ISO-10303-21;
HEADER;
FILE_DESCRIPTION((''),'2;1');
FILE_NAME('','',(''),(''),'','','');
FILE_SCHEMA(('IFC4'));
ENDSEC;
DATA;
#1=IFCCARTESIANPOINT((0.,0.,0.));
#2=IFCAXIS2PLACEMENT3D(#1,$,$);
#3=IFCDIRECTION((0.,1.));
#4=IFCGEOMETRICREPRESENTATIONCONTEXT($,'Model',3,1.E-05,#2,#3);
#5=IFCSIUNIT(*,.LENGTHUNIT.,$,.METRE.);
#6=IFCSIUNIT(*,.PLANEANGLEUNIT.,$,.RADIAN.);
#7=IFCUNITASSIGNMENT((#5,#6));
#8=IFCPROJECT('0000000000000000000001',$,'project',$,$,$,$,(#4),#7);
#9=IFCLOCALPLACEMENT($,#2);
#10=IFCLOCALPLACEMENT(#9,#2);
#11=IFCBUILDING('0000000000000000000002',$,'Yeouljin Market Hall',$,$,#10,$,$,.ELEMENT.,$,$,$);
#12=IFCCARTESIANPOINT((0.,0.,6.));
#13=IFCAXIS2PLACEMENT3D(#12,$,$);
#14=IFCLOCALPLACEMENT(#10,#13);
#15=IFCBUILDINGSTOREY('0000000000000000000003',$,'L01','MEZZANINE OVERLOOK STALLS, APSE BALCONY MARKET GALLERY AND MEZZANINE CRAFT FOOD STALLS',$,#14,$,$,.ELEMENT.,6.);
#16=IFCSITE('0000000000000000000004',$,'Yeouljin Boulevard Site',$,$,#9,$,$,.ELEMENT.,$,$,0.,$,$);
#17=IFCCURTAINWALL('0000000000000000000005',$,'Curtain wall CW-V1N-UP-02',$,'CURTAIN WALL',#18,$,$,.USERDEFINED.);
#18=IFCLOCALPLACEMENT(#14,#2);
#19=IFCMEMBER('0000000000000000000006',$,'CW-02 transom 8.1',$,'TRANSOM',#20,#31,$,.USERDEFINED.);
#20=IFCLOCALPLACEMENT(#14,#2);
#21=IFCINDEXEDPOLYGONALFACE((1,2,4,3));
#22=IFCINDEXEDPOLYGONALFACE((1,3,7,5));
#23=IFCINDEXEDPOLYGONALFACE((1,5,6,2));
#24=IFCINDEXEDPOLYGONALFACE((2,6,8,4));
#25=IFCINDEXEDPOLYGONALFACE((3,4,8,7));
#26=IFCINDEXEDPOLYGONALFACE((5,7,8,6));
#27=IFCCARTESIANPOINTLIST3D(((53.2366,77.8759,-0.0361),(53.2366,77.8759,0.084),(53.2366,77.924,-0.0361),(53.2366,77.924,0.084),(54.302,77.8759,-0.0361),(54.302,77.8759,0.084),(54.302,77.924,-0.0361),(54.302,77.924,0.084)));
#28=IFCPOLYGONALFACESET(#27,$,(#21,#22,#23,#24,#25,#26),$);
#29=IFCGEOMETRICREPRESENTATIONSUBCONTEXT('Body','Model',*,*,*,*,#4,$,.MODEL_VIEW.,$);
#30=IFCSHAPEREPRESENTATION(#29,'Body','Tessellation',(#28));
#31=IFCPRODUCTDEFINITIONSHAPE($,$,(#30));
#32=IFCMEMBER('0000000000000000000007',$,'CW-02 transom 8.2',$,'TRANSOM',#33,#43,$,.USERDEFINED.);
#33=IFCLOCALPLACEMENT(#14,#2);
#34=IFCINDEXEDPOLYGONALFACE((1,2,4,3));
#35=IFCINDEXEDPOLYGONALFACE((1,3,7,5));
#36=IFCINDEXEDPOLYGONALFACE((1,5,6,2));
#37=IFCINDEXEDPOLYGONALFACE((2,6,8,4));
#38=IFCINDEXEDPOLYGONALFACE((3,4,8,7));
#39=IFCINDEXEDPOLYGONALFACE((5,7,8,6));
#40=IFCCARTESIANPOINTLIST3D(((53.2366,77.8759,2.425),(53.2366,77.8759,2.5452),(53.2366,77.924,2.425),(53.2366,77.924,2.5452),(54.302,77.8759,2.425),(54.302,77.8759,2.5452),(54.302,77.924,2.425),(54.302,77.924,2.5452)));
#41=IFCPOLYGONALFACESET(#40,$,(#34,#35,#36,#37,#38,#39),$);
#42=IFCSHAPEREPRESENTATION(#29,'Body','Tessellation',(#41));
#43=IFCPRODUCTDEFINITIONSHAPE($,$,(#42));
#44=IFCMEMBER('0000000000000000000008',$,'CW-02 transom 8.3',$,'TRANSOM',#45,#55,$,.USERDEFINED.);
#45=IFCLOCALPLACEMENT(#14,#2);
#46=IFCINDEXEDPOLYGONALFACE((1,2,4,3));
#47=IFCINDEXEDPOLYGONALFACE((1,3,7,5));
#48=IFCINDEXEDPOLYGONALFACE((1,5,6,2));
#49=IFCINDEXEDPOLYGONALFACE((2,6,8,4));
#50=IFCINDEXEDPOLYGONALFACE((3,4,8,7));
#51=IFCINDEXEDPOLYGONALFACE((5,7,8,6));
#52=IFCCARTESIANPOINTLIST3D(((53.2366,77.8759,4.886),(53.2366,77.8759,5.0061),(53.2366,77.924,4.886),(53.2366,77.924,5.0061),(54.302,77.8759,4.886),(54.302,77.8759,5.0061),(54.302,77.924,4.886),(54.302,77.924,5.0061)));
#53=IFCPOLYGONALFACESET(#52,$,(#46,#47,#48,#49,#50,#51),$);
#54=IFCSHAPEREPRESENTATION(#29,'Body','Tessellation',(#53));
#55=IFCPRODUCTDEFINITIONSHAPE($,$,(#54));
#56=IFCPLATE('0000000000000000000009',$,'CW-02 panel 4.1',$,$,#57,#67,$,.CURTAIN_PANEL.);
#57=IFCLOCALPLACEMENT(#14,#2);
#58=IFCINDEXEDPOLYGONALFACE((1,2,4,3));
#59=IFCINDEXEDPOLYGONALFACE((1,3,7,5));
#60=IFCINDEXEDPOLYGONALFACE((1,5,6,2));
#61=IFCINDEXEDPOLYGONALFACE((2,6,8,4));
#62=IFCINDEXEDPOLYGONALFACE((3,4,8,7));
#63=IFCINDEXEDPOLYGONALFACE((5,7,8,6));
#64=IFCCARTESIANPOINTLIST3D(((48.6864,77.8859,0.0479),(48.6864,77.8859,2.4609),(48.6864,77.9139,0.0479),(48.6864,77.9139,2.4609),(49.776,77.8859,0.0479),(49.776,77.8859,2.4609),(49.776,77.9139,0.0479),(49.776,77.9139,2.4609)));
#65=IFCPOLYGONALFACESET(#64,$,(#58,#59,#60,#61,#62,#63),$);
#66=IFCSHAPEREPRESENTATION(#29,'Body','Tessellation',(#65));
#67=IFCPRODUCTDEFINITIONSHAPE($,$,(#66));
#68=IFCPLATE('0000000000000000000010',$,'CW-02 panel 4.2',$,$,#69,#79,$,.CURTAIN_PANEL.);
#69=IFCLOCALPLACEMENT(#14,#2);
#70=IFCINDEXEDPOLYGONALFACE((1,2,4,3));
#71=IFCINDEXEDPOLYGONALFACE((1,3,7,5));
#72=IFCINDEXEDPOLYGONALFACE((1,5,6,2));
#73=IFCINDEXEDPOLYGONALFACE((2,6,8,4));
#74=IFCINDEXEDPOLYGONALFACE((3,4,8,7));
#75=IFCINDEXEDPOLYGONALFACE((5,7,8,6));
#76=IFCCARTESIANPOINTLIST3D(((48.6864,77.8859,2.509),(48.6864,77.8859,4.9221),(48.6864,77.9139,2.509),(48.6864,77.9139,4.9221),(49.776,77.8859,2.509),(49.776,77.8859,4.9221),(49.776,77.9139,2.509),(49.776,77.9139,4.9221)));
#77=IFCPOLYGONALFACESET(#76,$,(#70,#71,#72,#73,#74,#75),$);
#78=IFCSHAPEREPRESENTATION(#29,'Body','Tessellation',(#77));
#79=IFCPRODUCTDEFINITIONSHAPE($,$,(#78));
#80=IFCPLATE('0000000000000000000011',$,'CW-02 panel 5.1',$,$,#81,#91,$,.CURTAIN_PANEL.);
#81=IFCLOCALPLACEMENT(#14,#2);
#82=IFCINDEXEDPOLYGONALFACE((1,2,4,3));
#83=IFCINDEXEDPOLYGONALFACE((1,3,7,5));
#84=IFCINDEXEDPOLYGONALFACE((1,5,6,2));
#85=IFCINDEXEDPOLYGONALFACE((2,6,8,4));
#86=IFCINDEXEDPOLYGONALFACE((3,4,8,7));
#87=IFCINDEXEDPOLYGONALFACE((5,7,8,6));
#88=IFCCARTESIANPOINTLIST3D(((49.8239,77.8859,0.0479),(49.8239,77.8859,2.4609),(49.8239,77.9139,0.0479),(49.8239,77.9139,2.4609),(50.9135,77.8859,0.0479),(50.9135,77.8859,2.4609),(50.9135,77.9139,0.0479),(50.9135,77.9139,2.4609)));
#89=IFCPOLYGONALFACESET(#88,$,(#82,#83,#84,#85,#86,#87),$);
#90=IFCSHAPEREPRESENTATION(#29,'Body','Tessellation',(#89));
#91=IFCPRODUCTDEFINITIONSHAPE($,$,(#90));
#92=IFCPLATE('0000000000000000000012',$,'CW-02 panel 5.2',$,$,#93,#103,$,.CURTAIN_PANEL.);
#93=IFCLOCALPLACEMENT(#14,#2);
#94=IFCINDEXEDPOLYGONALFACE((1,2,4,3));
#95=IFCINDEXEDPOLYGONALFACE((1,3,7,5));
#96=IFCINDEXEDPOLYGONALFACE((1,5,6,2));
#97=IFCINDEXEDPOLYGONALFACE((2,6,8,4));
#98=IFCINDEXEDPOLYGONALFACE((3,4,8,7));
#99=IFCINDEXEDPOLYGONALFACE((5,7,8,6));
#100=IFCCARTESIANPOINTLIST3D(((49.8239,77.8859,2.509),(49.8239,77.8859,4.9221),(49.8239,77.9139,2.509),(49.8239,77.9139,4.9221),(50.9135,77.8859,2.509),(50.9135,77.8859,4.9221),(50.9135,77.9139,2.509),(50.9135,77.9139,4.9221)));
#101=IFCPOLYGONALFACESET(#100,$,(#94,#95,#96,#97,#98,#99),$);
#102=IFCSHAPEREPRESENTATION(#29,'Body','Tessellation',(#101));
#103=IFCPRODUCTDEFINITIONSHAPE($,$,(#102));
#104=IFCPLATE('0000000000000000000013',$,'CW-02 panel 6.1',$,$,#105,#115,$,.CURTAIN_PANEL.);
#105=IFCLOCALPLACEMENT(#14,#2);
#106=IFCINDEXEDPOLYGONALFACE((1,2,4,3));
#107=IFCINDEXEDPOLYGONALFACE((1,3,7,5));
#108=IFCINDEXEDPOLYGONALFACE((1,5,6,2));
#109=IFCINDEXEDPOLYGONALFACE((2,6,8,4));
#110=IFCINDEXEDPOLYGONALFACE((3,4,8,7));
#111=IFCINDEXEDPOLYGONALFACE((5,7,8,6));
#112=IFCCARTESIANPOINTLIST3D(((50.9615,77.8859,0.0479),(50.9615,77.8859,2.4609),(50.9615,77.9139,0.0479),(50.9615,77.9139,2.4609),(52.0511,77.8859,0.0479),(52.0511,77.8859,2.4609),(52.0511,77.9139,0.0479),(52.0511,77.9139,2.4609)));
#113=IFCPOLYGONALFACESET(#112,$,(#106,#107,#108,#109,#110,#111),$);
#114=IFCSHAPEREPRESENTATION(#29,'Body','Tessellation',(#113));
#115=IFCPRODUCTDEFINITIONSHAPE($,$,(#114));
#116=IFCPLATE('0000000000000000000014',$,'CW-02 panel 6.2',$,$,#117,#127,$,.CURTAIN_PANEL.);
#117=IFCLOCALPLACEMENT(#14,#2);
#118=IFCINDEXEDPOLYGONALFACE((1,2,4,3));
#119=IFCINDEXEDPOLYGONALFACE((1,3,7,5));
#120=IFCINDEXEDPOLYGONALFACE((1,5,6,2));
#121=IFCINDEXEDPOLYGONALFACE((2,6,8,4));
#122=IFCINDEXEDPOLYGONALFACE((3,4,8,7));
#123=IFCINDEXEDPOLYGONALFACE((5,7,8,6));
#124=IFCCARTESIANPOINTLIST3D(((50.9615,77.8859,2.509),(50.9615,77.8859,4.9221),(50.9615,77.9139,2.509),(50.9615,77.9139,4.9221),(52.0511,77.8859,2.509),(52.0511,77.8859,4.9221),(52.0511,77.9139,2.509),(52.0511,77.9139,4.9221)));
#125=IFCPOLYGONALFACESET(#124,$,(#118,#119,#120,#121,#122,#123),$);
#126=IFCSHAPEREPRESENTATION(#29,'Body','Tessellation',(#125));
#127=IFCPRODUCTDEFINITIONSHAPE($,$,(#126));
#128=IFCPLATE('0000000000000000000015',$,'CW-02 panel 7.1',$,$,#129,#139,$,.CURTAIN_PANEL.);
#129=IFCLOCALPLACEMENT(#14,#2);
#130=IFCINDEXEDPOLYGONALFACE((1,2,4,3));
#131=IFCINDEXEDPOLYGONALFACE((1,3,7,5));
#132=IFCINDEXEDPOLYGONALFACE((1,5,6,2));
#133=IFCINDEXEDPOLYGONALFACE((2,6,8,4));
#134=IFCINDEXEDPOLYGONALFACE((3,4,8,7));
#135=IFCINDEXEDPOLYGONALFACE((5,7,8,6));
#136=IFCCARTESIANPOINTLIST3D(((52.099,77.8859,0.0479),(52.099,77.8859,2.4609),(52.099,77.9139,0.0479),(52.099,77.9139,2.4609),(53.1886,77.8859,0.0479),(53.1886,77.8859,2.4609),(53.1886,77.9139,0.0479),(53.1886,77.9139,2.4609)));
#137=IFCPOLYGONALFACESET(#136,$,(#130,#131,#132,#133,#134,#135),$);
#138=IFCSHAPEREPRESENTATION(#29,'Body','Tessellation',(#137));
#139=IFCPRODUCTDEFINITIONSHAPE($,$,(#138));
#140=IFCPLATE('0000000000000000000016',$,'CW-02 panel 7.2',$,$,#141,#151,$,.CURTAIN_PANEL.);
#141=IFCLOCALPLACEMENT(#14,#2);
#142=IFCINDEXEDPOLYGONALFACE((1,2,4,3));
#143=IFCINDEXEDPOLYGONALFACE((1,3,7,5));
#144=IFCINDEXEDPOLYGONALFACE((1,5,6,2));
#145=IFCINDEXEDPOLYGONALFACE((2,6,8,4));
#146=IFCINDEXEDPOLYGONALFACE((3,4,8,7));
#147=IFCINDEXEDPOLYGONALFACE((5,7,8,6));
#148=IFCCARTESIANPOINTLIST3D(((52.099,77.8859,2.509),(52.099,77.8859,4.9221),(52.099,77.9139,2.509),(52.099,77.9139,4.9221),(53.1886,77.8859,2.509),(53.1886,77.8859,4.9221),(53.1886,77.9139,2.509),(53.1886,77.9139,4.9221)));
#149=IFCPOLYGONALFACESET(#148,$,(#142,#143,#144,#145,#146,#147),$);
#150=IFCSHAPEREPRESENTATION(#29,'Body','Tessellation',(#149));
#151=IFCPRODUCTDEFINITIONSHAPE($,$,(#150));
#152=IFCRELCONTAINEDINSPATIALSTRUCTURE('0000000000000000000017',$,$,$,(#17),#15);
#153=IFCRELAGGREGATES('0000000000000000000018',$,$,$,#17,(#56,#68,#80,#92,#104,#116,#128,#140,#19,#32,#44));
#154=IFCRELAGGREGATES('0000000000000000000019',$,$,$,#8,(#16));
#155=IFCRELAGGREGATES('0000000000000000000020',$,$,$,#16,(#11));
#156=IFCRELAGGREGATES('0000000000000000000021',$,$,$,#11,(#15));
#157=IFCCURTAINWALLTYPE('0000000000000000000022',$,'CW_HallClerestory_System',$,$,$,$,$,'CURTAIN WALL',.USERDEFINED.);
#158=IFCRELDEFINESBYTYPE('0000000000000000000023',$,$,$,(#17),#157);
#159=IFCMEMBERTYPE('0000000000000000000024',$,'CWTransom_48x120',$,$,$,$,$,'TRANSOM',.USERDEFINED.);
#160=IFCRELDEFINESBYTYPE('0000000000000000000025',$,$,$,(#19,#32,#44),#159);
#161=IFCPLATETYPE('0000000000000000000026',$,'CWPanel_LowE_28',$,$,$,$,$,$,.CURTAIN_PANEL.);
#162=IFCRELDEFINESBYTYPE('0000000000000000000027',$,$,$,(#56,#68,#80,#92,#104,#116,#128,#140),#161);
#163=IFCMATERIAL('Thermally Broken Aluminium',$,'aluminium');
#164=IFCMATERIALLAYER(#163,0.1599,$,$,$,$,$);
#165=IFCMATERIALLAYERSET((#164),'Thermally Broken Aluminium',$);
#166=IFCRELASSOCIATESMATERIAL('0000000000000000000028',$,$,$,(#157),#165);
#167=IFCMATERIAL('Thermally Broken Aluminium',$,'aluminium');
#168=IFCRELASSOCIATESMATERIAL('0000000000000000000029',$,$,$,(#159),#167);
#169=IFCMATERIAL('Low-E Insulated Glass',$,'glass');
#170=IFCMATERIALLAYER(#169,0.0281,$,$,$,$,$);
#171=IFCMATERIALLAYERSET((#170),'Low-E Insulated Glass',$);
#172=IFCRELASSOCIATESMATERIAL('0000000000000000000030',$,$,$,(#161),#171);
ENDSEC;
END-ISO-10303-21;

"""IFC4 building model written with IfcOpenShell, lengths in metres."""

from ifc_helpers import new_model, si_unit, direction, frame, origin, origin_2d, place, context, subcontext, project, spatial, rectangle, extrude, material, layer, layer_set, material_profile, profile_set, type_object, element, aggregate, save


model = new_model("IFC4")

# Units and contexts
model_context = context("Model", 3, precision=1e-05, world=origin(), true_north=direction((0.0, 1.0)))
body_context = subcontext(model_context, "Body", "Model", "MODEL_VIEW")
ifc_project = project(units=[si_unit("LENGTHUNIT", "METRE"), si_unit("PLANEANGLEUNIT", "RADIAN")], contexts=[model_context])

# Site, building, storey
site_placement = place(None, origin())
site = spatial("IfcSite", under=ifc_project, at=site_placement, Name="Yeouljin Boulevard Site", CompositionType="ELEMENT", RefElevation=0.0)
building_placement = place(site_placement, origin())
building = spatial("IfcBuilding", under=site, at=building_placement, Name="Yeouljin Market Hall", CompositionType="ELEMENT")
storey_placement = place(building_placement, frame((0.0, 0.0, 6.0)))
storey = spatial("IfcBuildingStorey", under=building, at=storey_placement, Name="L01", Description="MEZZANINE OVERLOOK STALLS, APSE BALCONY MARKET GALLERY AND MEZZANINE CRAFT FOOD STALLS", CompositionType="ELEMENT", Elevation=6.0)

# Curtain wall, members, plates
ifc_material_1 = material(Name="Thermally Broken Aluminium", Category="aluminium")
ifc_layer_1 = layer(ifc_material_1, 0.1599)
ifc_layer_set_1 = layer_set([ifc_layer_1], Name="Thermally Broken Aluminium")
curtain_wall_type = type_object("IfcCurtainWallType", Name="CW_HallClerestory_System", ElementType="CURTAIN WALL", PredefinedType="USERDEFINED", material=ifc_layer_set_1)
curtain_wall_placement = place(storey_placement, origin())
curtain_wall = element("IfcCurtainWall", 1, at=curtain_wall_placement, inside=storey, type_object=curtain_wall_type, Name="Curtain wall CW-V1N-UP-02", ObjectType="CURTAIN WALL", PredefinedType="USERDEFINED")
ifc_material_2 = material(Name="Thermally Broken Aluminium", Category="aluminium")
ifc_material_profile_1 = material_profile(ifc_material_2, rectangle(XDim=0.0481, YDim=0.1201, at=origin_2d()), Name="CW-TRAN-48x120")
ifc_profile_set_1 = profile_set([ifc_material_profile_1], Name="Thermally Broken Aluminium")
member_type_1 = type_object("IfcMemberType", Name="CWTransom_48x120", ElementType="TRANSOM", PredefinedType="USERDEFINED", material=ifc_profile_set_1)
member_1_placement = place(storey_placement, frame((53.2366, 77.8999, 0.0239), z_axis=(1.0, 0.0, 0.0), x_axis=(0.0, 1.0, 0.0)))
member_1 = element("IfcMember", 2, at=member_1_placement, type_object=member_type_1, Name="CW-02 transom 8.1", ObjectType="TRANSOM", PredefinedType="USERDEFINED", context=body_context, shape_type="SweptSolid", body=[
    extrude(rectangle(XDim=0.0481, YDim=0.1201, at=origin_2d()), origin(), (0.0, 0.0, 1.0), 1.0654),
])
member_2_placement = place(storey_placement, frame((53.2366, 77.8999, 2.4851), z_axis=(1.0, 0.0, 0.0), x_axis=(0.0, 1.0, 0.0)))
member_2 = element("IfcMember", 3, at=member_2_placement, type_object=member_type_1, Name="CW-02 transom 8.2", ObjectType="TRANSOM", PredefinedType="USERDEFINED", context=body_context, shape_type="SweptSolid", body=[
    extrude(rectangle(XDim=0.0481, YDim=0.1201, at=origin_2d()), origin(), (0.0, 0.0, 1.0), 1.0654),
])
member_3_placement = place(storey_placement, frame((53.2366, 77.8999, 4.946), z_axis=(1.0, 0.0, 0.0), x_axis=(0.0, 1.0, 0.0)))
member_3 = element("IfcMember", 4, at=member_3_placement, type_object=member_type_1, Name="CW-02 transom 8.3", ObjectType="TRANSOM", PredefinedType="USERDEFINED", context=body_context, shape_type="SweptSolid", body=[
    extrude(rectangle(XDim=0.0481, YDim=0.1201, at=origin_2d()), origin(), (0.0, 0.0, 1.0), 1.0654),
])
ifc_material_3 = material(Name="Low-E Insulated Glass", Category="glass")
ifc_layer_2 = layer(ifc_material_3, 0.0281)
ifc_layer_set_2 = layer_set([ifc_layer_2], Name="Low-E Insulated Glass")
plate_type = type_object("IfcPlateType", Name="CWPanel_LowE_28", PredefinedType="CURTAIN_PANEL", material=ifc_layer_set_2)
plate_1_placement = place(storey_placement, frame((49.2312, 77.8999, 0.0479), z_axis=(0.0, 0.0, 1.0), x_axis=(1.0, 0.0, 0.0)))
plate_1 = element("IfcPlate", 5, at=plate_1_placement, type_object=plate_type, Name="CW-02 panel 4.1", PredefinedType="CURTAIN_PANEL", context=body_context, shape_type="SweptSolid", body=[
    extrude(rectangle(XDim=1.0896, YDim=0.0281, at=origin_2d()), origin(), (0.0, 0.0, 1.0), 2.4131),
])
plate_2_placement = place(storey_placement, frame((49.2312, 77.8999, 2.509), z_axis=(0.0, 0.0, 1.0), x_axis=(1.0, 0.0, 0.0)))
plate_2 = element("IfcPlate", 6, at=plate_2_placement, type_object=plate_type, Name="CW-02 panel 4.2", PredefinedType="CURTAIN_PANEL", context=body_context, shape_type="SweptSolid", body=[
    extrude(rectangle(XDim=1.0896, YDim=0.0281, at=origin_2d()), origin(), (0.0, 0.0, 1.0), 2.4131),
])
plate_3_placement = place(storey_placement, frame((50.3687, 77.8999, 0.0479), z_axis=(0.0, 0.0, 1.0), x_axis=(1.0, 0.0, 0.0)))
plate_3 = element("IfcPlate", 7, at=plate_3_placement, type_object=plate_type, Name="CW-02 panel 5.1", PredefinedType="CURTAIN_PANEL", context=body_context, shape_type="SweptSolid", body=[
    extrude(rectangle(XDim=1.0896, YDim=0.0281, at=origin_2d()), origin(), (0.0, 0.0, 1.0), 2.4131),
])
plate_4_placement = place(storey_placement, frame((50.3687, 77.8999, 2.509), z_axis=(0.0, 0.0, 1.0), x_axis=(1.0, 0.0, 0.0)))
plate_4 = element("IfcPlate", 8, at=plate_4_placement, type_object=plate_type, Name="CW-02 panel 5.2", PredefinedType="CURTAIN_PANEL", context=body_context, shape_type="SweptSolid", body=[
    extrude(rectangle(XDim=1.0896, YDim=0.0281, at=origin_2d()), origin(), (0.0, 0.0, 1.0), 2.4131),
])
plate_5_placement = place(storey_placement, frame((51.5063, 77.8999, 0.0479), z_axis=(0.0, 0.0, 1.0), x_axis=(1.0, 0.0, 0.0)))
plate_5 = element("IfcPlate", 9, at=plate_5_placement, type_object=plate_type, Name="CW-02 panel 6.1", PredefinedType="CURTAIN_PANEL", context=body_context, shape_type="SweptSolid", body=[
    extrude(rectangle(XDim=1.0896, YDim=0.0281, at=origin_2d()), origin(), (0.0, 0.0, 1.0), 2.4131),
])
plate_6_placement = place(storey_placement, frame((51.5063, 77.8999, 2.509), z_axis=(0.0, 0.0, 1.0), x_axis=(1.0, 0.0, 0.0)))
plate_6 = element("IfcPlate", 10, at=plate_6_placement, type_object=plate_type, Name="CW-02 panel 6.2", PredefinedType="CURTAIN_PANEL", context=body_context, shape_type="SweptSolid", body=[
    extrude(rectangle(XDim=1.0896, YDim=0.0281, at=origin_2d()), origin(), (0.0, 0.0, 1.0), 2.4131),
])
plate_7_placement = place(storey_placement, frame((52.6438, 77.8999, 0.0479), z_axis=(0.0, 0.0, 1.0), x_axis=(1.0, 0.0, 0.0)))
plate_7 = element("IfcPlate", 11, at=plate_7_placement, type_object=plate_type, Name="CW-02 panel 7.1", PredefinedType="CURTAIN_PANEL", context=body_context, shape_type="SweptSolid", body=[
    extrude(rectangle(XDim=1.0896, YDim=0.0281, at=origin_2d()), origin(), (0.0, 0.0, 1.0), 2.4131),
])
plate_8_placement = place(storey_placement, frame((52.6438, 77.8999, 2.509), z_axis=(0.0, 0.0, 1.0), x_axis=(1.0, 0.0, 0.0)))
plate_8 = element("IfcPlate", 12, at=plate_8_placement, type_object=plate_type, Name="CW-02 panel 7.2", PredefinedType="CURTAIN_PANEL", context=body_context, shape_type="SweptSolid", body=[
    extrude(rectangle(XDim=1.0896, YDim=0.0281, at=origin_2d()), origin(), (0.0, 0.0, 1.0), 2.4131),
])
aggregate(curtain_wall, [plate_1, plate_2, plate_3, plate_4, plate_5, plate_6, plate_7, plate_8, member_1, member_2, member_3])

save(model, "model.ifc")
